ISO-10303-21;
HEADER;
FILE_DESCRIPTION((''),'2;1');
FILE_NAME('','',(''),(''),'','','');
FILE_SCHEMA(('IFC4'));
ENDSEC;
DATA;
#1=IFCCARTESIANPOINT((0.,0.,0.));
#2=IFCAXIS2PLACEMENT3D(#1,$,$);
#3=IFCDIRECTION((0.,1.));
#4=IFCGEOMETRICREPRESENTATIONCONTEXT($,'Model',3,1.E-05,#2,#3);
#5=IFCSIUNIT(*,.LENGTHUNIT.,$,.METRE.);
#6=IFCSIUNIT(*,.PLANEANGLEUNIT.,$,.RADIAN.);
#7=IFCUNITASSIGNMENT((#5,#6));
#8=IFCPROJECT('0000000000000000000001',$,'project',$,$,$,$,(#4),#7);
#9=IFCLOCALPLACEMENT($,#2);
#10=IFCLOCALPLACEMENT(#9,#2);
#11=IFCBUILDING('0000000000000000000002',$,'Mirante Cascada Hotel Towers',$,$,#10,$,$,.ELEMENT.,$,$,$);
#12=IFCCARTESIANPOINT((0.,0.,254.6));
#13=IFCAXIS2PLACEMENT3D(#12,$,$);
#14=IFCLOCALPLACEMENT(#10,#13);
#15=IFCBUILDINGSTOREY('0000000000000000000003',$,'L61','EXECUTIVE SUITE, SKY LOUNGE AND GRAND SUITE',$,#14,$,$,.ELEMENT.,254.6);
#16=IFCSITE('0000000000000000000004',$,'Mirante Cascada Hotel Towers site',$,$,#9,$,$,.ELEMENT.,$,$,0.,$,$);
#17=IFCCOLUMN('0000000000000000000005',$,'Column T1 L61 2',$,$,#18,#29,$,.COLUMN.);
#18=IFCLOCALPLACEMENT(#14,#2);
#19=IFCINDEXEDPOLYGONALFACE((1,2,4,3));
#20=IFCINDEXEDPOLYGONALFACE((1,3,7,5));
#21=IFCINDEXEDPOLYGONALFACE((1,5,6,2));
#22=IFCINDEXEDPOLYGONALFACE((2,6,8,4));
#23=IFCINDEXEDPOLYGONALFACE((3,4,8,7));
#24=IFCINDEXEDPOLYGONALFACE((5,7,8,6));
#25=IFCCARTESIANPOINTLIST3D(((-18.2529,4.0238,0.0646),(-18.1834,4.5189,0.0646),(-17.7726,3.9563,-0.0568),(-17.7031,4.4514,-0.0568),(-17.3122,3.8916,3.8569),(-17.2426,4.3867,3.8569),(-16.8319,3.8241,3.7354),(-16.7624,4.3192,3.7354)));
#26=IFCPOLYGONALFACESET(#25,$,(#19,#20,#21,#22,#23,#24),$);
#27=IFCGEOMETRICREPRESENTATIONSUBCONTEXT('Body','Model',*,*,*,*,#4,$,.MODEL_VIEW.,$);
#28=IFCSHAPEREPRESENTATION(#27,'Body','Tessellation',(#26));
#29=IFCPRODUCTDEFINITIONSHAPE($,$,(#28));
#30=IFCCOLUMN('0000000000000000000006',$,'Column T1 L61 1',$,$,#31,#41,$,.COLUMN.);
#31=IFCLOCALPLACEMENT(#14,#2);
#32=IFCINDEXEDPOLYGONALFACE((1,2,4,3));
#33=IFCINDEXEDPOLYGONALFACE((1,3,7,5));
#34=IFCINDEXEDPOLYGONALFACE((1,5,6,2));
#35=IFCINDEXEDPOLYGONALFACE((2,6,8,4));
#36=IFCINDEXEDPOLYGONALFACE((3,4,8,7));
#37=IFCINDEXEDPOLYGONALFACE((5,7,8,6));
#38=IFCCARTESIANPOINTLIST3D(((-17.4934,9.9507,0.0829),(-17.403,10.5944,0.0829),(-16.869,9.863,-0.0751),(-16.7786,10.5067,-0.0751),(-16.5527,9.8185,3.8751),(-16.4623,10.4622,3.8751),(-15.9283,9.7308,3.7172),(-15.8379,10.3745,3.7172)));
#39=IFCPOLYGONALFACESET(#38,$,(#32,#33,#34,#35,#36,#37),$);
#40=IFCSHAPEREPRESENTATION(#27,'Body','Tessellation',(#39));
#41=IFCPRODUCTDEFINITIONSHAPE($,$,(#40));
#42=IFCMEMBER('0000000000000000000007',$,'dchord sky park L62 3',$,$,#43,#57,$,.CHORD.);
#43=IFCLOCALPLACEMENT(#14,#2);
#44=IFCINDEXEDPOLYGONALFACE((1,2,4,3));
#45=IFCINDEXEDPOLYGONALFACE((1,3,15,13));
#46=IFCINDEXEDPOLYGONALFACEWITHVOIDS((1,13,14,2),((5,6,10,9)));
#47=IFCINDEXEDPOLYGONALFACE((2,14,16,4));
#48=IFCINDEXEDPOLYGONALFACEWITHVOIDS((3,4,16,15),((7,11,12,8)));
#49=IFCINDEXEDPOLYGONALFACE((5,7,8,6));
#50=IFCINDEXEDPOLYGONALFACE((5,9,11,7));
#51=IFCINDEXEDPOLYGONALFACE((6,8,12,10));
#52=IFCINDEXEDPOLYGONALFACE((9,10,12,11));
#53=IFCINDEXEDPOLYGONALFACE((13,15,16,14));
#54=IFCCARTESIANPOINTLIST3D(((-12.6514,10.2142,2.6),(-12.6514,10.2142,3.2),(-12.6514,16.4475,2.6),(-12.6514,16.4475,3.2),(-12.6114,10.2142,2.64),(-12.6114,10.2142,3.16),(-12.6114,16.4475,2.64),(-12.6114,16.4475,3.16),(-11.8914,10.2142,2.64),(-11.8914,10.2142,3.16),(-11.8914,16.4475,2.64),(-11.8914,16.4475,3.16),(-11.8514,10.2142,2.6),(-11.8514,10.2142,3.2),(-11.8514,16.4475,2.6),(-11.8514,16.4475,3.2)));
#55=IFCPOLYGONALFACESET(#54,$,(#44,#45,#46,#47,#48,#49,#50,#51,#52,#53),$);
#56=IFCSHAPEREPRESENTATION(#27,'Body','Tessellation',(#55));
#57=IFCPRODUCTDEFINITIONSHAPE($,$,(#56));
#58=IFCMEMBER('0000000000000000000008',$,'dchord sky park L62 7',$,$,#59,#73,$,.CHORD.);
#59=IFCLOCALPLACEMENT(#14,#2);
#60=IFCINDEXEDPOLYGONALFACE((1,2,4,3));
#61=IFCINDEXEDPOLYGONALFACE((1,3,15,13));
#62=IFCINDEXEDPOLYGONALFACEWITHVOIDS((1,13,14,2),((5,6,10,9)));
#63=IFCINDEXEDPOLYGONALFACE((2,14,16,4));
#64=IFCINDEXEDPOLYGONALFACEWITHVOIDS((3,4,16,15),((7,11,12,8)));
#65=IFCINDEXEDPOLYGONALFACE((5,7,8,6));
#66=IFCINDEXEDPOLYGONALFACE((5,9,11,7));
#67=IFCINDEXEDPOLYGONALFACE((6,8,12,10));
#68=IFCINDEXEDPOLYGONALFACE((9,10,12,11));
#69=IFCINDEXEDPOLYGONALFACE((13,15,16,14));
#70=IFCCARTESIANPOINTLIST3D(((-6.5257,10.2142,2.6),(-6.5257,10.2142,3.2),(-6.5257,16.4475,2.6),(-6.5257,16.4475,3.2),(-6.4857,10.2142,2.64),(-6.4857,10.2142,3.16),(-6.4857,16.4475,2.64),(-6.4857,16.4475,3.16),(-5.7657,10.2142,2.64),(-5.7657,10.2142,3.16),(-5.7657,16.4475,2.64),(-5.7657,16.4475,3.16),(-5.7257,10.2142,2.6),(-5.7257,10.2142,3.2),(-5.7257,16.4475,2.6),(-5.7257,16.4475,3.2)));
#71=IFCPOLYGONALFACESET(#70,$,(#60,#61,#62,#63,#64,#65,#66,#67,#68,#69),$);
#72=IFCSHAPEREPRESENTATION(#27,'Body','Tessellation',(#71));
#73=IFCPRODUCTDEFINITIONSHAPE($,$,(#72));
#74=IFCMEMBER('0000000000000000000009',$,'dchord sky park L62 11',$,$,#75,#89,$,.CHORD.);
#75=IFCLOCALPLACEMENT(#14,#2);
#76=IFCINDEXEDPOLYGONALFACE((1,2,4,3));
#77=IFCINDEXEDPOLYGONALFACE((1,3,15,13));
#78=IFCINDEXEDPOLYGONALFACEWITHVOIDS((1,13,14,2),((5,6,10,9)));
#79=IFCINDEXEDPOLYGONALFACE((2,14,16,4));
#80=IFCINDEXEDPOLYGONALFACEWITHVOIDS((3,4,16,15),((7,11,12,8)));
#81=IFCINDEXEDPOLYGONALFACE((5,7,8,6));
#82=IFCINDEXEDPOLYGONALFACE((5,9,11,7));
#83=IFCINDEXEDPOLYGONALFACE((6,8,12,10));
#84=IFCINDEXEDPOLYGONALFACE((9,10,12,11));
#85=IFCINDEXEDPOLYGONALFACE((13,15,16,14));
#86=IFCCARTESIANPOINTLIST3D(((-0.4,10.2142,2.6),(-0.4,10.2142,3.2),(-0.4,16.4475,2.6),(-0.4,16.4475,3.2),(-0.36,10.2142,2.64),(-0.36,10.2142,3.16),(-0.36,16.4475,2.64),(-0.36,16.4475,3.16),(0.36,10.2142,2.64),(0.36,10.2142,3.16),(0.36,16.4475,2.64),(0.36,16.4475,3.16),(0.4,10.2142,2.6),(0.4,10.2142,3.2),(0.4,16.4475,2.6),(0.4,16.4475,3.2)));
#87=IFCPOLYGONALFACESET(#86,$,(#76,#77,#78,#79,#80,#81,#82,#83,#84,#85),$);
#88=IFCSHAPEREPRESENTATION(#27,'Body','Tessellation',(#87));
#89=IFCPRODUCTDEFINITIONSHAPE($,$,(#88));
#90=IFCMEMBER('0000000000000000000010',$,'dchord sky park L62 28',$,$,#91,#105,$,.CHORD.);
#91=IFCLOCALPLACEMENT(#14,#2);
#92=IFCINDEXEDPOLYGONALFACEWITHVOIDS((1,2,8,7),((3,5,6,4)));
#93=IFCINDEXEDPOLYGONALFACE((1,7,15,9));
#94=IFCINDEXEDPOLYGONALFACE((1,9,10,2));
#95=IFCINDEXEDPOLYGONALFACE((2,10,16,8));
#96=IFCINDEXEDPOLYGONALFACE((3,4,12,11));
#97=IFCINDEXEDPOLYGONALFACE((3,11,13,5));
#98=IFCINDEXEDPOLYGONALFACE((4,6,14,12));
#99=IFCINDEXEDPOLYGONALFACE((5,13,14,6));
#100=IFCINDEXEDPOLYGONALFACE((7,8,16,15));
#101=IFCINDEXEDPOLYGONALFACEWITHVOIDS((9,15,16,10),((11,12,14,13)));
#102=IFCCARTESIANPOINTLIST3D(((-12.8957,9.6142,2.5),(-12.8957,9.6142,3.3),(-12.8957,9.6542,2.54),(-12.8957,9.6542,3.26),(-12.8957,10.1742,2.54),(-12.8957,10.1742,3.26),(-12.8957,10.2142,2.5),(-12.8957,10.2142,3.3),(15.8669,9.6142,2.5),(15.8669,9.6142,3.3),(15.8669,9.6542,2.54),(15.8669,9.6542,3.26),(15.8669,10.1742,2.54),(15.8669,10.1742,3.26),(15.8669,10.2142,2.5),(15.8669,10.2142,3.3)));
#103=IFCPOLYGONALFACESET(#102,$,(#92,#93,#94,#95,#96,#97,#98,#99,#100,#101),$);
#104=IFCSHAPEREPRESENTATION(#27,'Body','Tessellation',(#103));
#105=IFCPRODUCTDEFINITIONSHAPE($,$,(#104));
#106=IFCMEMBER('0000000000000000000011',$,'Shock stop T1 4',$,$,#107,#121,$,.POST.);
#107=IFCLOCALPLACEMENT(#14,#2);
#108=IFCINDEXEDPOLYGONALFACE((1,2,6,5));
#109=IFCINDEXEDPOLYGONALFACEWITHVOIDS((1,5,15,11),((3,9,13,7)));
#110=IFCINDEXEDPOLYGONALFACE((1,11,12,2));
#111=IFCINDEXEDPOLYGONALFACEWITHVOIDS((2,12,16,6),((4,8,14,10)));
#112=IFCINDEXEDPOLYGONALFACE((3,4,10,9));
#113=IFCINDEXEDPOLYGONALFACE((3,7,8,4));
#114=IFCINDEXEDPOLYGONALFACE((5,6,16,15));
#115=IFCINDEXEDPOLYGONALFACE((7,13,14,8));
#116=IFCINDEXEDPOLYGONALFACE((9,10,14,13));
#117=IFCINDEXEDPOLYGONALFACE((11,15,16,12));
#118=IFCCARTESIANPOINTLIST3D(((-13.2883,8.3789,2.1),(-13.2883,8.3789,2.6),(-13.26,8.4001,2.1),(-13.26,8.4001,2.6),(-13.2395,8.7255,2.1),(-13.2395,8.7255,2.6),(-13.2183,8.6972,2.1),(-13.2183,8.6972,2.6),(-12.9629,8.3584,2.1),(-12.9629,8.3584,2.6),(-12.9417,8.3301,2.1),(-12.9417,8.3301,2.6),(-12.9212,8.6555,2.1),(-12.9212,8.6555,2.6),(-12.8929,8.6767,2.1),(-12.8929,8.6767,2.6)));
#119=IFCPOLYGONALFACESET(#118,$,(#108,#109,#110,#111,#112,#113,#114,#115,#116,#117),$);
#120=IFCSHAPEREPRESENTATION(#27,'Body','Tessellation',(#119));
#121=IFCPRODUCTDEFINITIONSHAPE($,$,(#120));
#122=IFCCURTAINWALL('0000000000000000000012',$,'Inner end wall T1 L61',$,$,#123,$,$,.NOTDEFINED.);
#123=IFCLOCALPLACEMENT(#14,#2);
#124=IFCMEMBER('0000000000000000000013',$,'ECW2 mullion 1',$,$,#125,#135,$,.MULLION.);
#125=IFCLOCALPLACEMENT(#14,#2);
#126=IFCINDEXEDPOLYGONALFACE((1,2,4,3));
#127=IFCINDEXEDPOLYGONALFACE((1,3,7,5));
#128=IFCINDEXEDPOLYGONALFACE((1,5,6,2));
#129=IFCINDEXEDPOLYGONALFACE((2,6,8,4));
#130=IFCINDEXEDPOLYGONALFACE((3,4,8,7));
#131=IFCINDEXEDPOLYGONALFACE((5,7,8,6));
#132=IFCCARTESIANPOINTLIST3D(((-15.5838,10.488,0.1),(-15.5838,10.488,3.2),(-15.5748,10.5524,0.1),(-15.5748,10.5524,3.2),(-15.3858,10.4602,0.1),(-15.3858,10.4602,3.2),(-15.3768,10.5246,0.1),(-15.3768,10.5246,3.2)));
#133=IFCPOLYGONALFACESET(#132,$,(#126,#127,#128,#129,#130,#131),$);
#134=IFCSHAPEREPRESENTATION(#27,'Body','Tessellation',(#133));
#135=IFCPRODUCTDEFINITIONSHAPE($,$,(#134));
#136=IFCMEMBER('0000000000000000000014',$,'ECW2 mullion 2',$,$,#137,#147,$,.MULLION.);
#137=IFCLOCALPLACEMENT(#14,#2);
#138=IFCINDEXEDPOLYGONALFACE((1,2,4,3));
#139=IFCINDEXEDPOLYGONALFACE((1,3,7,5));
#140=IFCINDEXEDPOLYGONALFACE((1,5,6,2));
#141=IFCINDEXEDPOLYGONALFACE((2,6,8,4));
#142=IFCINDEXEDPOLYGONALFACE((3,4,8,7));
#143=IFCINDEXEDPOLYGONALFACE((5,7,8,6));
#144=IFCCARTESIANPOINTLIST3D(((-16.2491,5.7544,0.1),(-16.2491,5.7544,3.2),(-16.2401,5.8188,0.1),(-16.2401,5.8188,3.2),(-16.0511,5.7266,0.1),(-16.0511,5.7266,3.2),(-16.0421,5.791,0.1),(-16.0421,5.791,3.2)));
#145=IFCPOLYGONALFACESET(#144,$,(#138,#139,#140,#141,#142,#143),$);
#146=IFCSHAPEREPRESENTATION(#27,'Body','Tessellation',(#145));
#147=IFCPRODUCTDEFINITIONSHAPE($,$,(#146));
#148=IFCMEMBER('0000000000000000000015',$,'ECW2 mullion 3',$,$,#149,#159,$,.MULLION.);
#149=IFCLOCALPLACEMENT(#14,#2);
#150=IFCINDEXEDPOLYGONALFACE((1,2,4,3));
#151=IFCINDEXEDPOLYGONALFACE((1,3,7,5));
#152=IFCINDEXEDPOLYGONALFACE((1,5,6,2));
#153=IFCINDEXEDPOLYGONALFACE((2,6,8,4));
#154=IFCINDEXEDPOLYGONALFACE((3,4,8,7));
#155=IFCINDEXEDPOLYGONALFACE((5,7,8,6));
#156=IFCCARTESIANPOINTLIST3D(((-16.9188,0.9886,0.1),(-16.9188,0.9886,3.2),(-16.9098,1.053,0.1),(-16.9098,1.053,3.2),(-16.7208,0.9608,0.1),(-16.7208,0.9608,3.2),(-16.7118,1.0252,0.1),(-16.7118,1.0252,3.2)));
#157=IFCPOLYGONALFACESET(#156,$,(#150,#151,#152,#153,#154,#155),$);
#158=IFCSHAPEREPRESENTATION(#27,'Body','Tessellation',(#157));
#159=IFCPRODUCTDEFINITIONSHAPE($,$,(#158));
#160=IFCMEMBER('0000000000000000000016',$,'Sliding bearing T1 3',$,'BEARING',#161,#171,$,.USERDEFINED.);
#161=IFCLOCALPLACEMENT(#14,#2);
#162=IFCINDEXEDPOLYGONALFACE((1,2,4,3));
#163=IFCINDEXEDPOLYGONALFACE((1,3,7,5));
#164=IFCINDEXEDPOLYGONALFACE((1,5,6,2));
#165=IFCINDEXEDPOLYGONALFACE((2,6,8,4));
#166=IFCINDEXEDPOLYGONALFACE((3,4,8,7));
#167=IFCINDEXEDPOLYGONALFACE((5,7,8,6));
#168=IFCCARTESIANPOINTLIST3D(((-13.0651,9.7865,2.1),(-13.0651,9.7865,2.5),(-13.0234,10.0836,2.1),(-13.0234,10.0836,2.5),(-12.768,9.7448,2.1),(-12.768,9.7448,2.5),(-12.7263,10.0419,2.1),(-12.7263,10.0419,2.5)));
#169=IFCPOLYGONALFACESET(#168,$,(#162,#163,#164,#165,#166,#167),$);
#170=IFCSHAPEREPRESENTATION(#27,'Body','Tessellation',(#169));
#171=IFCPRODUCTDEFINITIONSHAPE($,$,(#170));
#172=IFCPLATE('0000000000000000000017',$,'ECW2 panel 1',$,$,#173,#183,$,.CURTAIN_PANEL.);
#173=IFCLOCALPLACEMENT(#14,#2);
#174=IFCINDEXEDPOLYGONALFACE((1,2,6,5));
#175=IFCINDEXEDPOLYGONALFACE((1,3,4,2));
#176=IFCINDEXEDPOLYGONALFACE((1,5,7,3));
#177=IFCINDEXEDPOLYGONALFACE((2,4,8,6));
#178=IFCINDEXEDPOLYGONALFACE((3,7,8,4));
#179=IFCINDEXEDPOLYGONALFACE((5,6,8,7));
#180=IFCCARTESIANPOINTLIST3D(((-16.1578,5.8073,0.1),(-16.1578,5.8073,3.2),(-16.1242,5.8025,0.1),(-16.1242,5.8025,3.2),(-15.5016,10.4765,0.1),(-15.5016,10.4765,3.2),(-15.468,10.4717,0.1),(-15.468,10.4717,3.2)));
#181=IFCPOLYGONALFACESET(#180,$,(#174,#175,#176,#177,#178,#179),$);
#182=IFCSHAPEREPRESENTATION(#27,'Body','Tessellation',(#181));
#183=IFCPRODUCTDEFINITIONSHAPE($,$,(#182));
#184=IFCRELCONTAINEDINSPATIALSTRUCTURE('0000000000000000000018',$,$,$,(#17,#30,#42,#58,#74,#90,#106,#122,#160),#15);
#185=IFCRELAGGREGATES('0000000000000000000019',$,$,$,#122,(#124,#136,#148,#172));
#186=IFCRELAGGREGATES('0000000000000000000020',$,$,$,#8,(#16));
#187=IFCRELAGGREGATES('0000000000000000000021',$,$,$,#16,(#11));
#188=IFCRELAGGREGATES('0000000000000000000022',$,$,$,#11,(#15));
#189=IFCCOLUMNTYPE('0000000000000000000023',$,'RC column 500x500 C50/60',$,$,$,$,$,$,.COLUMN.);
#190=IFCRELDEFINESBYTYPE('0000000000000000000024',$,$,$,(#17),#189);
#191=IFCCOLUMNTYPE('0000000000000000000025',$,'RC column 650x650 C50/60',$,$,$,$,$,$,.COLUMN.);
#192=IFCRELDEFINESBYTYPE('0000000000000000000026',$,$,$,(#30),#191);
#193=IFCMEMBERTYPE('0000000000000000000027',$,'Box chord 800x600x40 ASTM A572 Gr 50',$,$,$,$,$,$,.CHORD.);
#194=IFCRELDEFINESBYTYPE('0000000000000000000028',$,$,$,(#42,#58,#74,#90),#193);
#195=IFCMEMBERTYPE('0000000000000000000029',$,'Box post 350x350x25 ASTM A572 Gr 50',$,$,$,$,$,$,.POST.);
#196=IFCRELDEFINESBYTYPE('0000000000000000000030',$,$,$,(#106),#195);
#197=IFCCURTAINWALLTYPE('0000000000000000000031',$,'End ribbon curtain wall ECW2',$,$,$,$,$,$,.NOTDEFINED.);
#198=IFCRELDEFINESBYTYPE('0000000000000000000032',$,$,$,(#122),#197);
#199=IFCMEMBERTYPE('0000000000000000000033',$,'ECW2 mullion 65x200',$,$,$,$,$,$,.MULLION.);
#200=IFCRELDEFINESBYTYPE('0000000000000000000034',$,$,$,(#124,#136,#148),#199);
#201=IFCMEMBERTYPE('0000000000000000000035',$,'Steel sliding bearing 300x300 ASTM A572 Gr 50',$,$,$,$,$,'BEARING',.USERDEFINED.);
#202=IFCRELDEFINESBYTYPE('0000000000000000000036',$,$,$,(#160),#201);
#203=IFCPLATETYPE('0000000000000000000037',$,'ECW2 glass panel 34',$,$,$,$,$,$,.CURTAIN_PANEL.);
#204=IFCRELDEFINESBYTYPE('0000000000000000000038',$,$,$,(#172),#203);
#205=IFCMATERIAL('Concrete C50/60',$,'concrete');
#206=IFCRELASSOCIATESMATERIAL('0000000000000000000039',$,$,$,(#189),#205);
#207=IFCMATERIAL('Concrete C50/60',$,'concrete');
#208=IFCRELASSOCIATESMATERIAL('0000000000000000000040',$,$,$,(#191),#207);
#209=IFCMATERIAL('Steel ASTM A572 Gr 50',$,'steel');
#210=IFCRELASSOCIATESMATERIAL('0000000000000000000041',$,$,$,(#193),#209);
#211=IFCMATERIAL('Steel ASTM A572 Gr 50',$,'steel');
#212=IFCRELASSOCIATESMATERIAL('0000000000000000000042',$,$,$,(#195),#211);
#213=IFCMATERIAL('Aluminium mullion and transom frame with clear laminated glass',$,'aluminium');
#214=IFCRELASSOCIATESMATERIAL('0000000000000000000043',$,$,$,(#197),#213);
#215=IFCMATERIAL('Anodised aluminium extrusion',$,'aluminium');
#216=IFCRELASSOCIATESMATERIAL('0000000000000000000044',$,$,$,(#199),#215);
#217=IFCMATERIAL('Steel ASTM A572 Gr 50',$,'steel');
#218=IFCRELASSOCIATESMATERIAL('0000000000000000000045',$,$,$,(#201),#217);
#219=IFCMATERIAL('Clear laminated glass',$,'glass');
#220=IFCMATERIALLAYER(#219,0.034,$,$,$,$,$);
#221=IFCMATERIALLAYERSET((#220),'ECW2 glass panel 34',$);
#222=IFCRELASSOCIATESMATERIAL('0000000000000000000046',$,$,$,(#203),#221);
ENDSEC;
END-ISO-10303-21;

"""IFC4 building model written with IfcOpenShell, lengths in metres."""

from ifc_helpers import new_model, si_unit, direction, frame, origin, origin_2d, place, context, subcontext, project, spatial, rectangle, hollow_rectangle, extrude, material, layer, layer_set, material_profile, profile_set, type_object, element, aggregate, save


model = new_model("IFC4")

# Units and contexts
model_context = context("Model", 3, precision=1e-05, world=origin(), true_north=direction((0.0, 1.0)))
body_context = subcontext(model_context, "Body", "Model", "MODEL_VIEW")
ifc_project = project(units=[si_unit("LENGTHUNIT", "METRE"), si_unit("PLANEANGLEUNIT", "RADIAN")], contexts=[model_context])

# Site, building, storey
site_placement = place(None, origin())
site = spatial("IfcSite", under=ifc_project, at=site_placement, Name="Mirante Cascada Hotel Towers site", CompositionType="ELEMENT", RefElevation=0.0)
building_placement = place(site_placement, origin())
building = spatial("IfcBuilding", under=site, at=building_placement, Name="Mirante Cascada Hotel Towers", CompositionType="ELEMENT")
storey_placement = place(building_placement, frame((0.0, 0.0, 254.6)))
storey = spatial("IfcBuildingStorey", under=building, at=storey_placement, Name="L61", Description="EXECUTIVE SUITE, SKY LOUNGE AND GRAND SUITE", CompositionType="ELEMENT", Elevation=254.6)

# Columns
ifc_material_1 = material(Name="Concrete C50/60", Category="concrete")
ifc_material_profile_1 = material_profile(ifc_material_1, rectangle(XDim=0.5, YDim=0.5, at=origin_2d()), Name="RC column 500x500 C50/60")
ifc_profile_set_1 = profile_set([ifc_material_profile_1], Name="Concrete C50/60")
column_type_1 = type_object("IfcColumnType", Name="RC column 500x500 C50/60", PredefinedType="COLUMN", material=ifc_profile_set_1)
column_1_placement = place(storey_placement, frame((-17.978, 4.2376, 0.0039), z_axis=(0.240627, -0.033816, 0.970028), x_axis=(0.139166, 0.990269, 0.0)))
element("IfcColumn", 1, at=column_1_placement, inside=storey, type_object=column_type_1, Name="Column T1 L61 2", PredefinedType="COLUMN", context=body_context, shape_type="SweptSolid", body=[
    extrude(rectangle(XDim=0.5, YDim=0.5, at=origin_2d()), origin(), (0.0, 0.0, 1.0), 3.9094),
])
ifc_material_2 = material(Name="Concrete C50/60", Category="concrete")
ifc_material_profile_2 = material_profile(ifc_material_2, rectangle(XDim=0.65, YDim=0.65, at=origin_2d()), Name="RC column 650x650 C50/60")
ifc_profile_set_2 = profile_set([ifc_material_profile_2], Name="Concrete C50/60")
column_type_2 = type_object("IfcColumnType", Name="RC column 650x650 C50/60", PredefinedType="COLUMN", material=ifc_profile_set_2)
column_2_placement = place(storey_placement, frame((-17.136, 10.2287, 0.0039), z_axis=(0.240627, -0.033816, 0.970028), x_axis=(0.139166, 0.990269, 0.0)))
element("IfcColumn", 2, at=column_2_placement, inside=storey, type_object=column_type_2, Name="Column T1 L61 1", PredefinedType="COLUMN", context=body_context, shape_type="SweptSolid", body=[
    extrude(rectangle(XDim=0.65, YDim=0.65, at=origin_2d()), origin(), (0.0, 0.0, 1.0), 3.9094),
])

# Members
ifc_material_3 = material(Name="Steel ASTM A572 Gr 50", Category="steel")
ifc_material_profile_3 = material_profile(ifc_material_3, hollow_rectangle(XDim=0.6, YDim=0.8, WallThickness=0.04, at=origin_2d()), Name="Box chord 800x600x40 ASTM A572 Gr 50")
ifc_profile_set_3 = profile_set([ifc_material_profile_3], Name="Steel ASTM A572 Gr 50")
member_type_1 = type_object("IfcMemberType", Name="Box chord 800x600x40 ASTM A572 Gr 50", PredefinedType="CHORD", material=ifc_profile_set_3)
for number, where, z_axis, x_axis, name in (
    (3, (-12.2514, 10.2142, 2.9), (0.0, 1.0, 0.0), (0.0, 0.0, 1.0), "dchord sky park L62 3"),
    (4, (-6.1257, 10.2142, 2.9), (0.0, 1.0, 0.0), (0.0, 0.0, 1.0), "dchord sky park L62 7"),
    (5, (0.0, 10.2142, 2.9), (0.0, 1.0, 0.0), (0.0, 0.0, 1.0), "dchord sky park L62 11"),
):
    element("IfcMember", number, at=place(storey_placement, frame(where, z_axis=z_axis, x_axis=x_axis)), inside=storey, type_object=member_type_1, Name=name, PredefinedType="CHORD", context=body_context, shape_type="SweptSolid", body=[
        extrude(hollow_rectangle(XDim=0.6, YDim=0.8, WallThickness=0.04, at=origin_2d()), origin(), (0.0, 0.0, 1.0), 6.2333),
    ])
member_1_placement = place(storey_placement, frame((-12.8957, 9.9142, 2.9), z_axis=(1.0, 0.0, 0.0), x_axis=(0.0, 1.0, 0.0)))
element("IfcMember", 6, at=member_1_placement, inside=storey, type_object=member_type_1, Name="dchord sky park L62 28", PredefinedType="CHORD", context=body_context, shape_type="SweptSolid", body=[
    extrude(hollow_rectangle(XDim=0.6, YDim=0.8, WallThickness=0.04, at=origin_2d()), origin(), (0.0, 0.0, 1.0), 28.7626),
])
ifc_material_4 = material(Name="Steel ASTM A572 Gr 50", Category="steel")
ifc_material_profile_4 = material_profile(ifc_material_4, hollow_rectangle(XDim=0.35, YDim=0.35, WallThickness=0.025, at=origin_2d()), Name="Box post 350x350x25 ASTM A572 Gr 50")
ifc_profile_set_4 = profile_set([ifc_material_profile_4], Name="Steel ASTM A572 Gr 50")
member_type_2 = type_object("IfcMemberType", Name="Box post 350x350x25 ASTM A572 Gr 50", PredefinedType="POST", material=ifc_profile_set_4)
member_2_placement = place(storey_placement, frame((-13.0906, 8.5278, 2.1), z_axis=(0.0, 0.0, 1.0), x_axis=(-0.990268, 0.139173, 0.0)))
element("IfcMember", 7, at=member_2_placement, inside=storey, type_object=member_type_2, Name="Shock stop T1 4", PredefinedType="POST", context=body_context, shape_type="SweptSolid", body=[
    extrude(hollow_rectangle(XDim=0.35, YDim=0.35, WallThickness=0.025, at=origin_2d()), origin(), (0.0, 0.0, 1.0), 0.5),
])

# Curtain wall, members
ifc_material_5 = material(Name="Aluminium mullion and transom frame with clear laminated glass", Category="aluminium")
curtain_wall_type = type_object("IfcCurtainWallType", Name="End ribbon curtain wall ECW2", PredefinedType="NOTDEFINED", material=ifc_material_5)
curtain_wall_placement = place(storey_placement, origin())
curtain_wall = element("IfcCurtainWall", 8, at=curtain_wall_placement, inside=storey, type_object=curtain_wall_type, Name="Inner end wall T1 L61", PredefinedType="NOTDEFINED")
ifc_material_6 = material(Name="Anodised aluminium extrusion", Category="aluminium")
ifc_material_profile_5 = material_profile(ifc_material_6, rectangle(XDim=0.2, YDim=0.065, at=origin_2d()), Name="ECW2 MULLION 65x200")
ifc_profile_set_5 = profile_set([ifc_material_profile_5], Name="Anodised aluminium extrusion")
member_type_3 = type_object("IfcMemberType", Name="ECW2 mullion 65x200", PredefinedType="MULLION", material=ifc_profile_set_5)
member_3_placement = place(storey_placement, frame((-15.4803, 10.5063, 0.1), z_axis=(0.0, 0.0, 1.0), x_axis=(0.990268, -0.139173, 0.0)))
member_3 = element("IfcMember", 9, at=member_3_placement, type_object=member_type_3, Name="ECW2 mullion 1", PredefinedType="MULLION", context=body_context, shape_type="SweptSolid", body=[
    extrude(rectangle(XDim=0.2, YDim=0.065, at=origin_2d()), origin(), (0.0, 0.0, 1.0), 3.1),
])
member_4_placement = place(storey_placement, frame((-16.1456, 5.7727, 0.1), z_axis=(0.0, 0.0, 1.0), x_axis=(0.990268, -0.139173, 0.0)))
member_4 = element("IfcMember", 10, at=member_4_placement, type_object=member_type_3, Name="ECW2 mullion 2", PredefinedType="MULLION", context=body_context, shape_type="SweptSolid", body=[
    extrude(rectangle(XDim=0.2, YDim=0.065, at=origin_2d()), origin(), (0.0, 0.0, 1.0), 3.1),
])
member_5_placement = place(storey_placement, frame((-16.8153, 1.0069, 0.1), z_axis=(0.0, 0.0, 1.0), x_axis=(0.990268, -0.139173, 0.0)))
member_5 = element("IfcMember", 11, at=member_5_placement, type_object=member_type_3, Name="ECW2 mullion 3", PredefinedType="MULLION", context=body_context, shape_type="SweptSolid", body=[
    extrude(rectangle(XDim=0.2, YDim=0.065, at=origin_2d()), origin(), (0.0, 0.0, 1.0), 3.1),
])

# Member
ifc_material_7 = material(Name="Steel ASTM A572 Gr 50", Category="steel")
ifc_material_profile_6 = material_profile(ifc_material_7, rectangle(XDim=0.3, YDim=0.3, at=origin_2d()), Name="Steel sliding bearing 300x300 ASTM A572 Gr 50")
ifc_profile_set_6 = profile_set([ifc_material_profile_6], Name="Steel ASTM A572 Gr 50")
member_type_4 = type_object("IfcMemberType", Name="Steel sliding bearing 300x300 ASTM A572 Gr 50", ElementType="BEARING", PredefinedType="USERDEFINED", material=ifc_profile_set_6)
member_6_placement = place(storey_placement, frame((-12.8957, 9.9142, 2.1), z_axis=(0.0, 0.0, 1.0), x_axis=(-0.990268, 0.139173, 0.0)))
element("IfcMember", 12, at=member_6_placement, inside=storey, type_object=member_type_4, Name="Sliding bearing T1 3", ObjectType="BEARING", PredefinedType="USERDEFINED", context=body_context, shape_type="SweptSolid", body=[
    extrude(rectangle(XDim=0.3, YDim=0.3, at=origin_2d()), origin(), (0.0, 0.0, 1.0), 0.4),
])

# Plate
ifc_material_8 = material(Name="Clear laminated glass", Category="glass")
ifc_layer_1 = layer(ifc_material_8, 0.034)
ifc_layer_set_1 = layer_set([ifc_layer_1], Name="ECW2 glass panel 34")
plate_type_1 = type_object("IfcPlateType", Name="ECW2 glass panel 34", PredefinedType="CURTAIN_PANEL", material=ifc_layer_set_1)
plate_1_placement = place(storey_placement, frame((-15.8129, 8.1395, 0.1), z_axis=(0.0, 0.0, 1.0), x_axis=(-0.139173, -0.990268, 0.0)))
plate_1 = element("IfcPlate", 13, at=plate_1_placement, type_object=plate_type_1, Name="ECW2 panel 1", PredefinedType="CURTAIN_PANEL", context=body_context, shape_type="SweptSolid", body=[
    extrude(rectangle(XDim=4.7151, YDim=0.034, at=origin_2d()), origin(), (0.0, 0.0, 1.0), 3.1),
])
aggregate(curtain_wall, [member_3, member_4, member_5, plate_1])

save(model, "model.ifc")
